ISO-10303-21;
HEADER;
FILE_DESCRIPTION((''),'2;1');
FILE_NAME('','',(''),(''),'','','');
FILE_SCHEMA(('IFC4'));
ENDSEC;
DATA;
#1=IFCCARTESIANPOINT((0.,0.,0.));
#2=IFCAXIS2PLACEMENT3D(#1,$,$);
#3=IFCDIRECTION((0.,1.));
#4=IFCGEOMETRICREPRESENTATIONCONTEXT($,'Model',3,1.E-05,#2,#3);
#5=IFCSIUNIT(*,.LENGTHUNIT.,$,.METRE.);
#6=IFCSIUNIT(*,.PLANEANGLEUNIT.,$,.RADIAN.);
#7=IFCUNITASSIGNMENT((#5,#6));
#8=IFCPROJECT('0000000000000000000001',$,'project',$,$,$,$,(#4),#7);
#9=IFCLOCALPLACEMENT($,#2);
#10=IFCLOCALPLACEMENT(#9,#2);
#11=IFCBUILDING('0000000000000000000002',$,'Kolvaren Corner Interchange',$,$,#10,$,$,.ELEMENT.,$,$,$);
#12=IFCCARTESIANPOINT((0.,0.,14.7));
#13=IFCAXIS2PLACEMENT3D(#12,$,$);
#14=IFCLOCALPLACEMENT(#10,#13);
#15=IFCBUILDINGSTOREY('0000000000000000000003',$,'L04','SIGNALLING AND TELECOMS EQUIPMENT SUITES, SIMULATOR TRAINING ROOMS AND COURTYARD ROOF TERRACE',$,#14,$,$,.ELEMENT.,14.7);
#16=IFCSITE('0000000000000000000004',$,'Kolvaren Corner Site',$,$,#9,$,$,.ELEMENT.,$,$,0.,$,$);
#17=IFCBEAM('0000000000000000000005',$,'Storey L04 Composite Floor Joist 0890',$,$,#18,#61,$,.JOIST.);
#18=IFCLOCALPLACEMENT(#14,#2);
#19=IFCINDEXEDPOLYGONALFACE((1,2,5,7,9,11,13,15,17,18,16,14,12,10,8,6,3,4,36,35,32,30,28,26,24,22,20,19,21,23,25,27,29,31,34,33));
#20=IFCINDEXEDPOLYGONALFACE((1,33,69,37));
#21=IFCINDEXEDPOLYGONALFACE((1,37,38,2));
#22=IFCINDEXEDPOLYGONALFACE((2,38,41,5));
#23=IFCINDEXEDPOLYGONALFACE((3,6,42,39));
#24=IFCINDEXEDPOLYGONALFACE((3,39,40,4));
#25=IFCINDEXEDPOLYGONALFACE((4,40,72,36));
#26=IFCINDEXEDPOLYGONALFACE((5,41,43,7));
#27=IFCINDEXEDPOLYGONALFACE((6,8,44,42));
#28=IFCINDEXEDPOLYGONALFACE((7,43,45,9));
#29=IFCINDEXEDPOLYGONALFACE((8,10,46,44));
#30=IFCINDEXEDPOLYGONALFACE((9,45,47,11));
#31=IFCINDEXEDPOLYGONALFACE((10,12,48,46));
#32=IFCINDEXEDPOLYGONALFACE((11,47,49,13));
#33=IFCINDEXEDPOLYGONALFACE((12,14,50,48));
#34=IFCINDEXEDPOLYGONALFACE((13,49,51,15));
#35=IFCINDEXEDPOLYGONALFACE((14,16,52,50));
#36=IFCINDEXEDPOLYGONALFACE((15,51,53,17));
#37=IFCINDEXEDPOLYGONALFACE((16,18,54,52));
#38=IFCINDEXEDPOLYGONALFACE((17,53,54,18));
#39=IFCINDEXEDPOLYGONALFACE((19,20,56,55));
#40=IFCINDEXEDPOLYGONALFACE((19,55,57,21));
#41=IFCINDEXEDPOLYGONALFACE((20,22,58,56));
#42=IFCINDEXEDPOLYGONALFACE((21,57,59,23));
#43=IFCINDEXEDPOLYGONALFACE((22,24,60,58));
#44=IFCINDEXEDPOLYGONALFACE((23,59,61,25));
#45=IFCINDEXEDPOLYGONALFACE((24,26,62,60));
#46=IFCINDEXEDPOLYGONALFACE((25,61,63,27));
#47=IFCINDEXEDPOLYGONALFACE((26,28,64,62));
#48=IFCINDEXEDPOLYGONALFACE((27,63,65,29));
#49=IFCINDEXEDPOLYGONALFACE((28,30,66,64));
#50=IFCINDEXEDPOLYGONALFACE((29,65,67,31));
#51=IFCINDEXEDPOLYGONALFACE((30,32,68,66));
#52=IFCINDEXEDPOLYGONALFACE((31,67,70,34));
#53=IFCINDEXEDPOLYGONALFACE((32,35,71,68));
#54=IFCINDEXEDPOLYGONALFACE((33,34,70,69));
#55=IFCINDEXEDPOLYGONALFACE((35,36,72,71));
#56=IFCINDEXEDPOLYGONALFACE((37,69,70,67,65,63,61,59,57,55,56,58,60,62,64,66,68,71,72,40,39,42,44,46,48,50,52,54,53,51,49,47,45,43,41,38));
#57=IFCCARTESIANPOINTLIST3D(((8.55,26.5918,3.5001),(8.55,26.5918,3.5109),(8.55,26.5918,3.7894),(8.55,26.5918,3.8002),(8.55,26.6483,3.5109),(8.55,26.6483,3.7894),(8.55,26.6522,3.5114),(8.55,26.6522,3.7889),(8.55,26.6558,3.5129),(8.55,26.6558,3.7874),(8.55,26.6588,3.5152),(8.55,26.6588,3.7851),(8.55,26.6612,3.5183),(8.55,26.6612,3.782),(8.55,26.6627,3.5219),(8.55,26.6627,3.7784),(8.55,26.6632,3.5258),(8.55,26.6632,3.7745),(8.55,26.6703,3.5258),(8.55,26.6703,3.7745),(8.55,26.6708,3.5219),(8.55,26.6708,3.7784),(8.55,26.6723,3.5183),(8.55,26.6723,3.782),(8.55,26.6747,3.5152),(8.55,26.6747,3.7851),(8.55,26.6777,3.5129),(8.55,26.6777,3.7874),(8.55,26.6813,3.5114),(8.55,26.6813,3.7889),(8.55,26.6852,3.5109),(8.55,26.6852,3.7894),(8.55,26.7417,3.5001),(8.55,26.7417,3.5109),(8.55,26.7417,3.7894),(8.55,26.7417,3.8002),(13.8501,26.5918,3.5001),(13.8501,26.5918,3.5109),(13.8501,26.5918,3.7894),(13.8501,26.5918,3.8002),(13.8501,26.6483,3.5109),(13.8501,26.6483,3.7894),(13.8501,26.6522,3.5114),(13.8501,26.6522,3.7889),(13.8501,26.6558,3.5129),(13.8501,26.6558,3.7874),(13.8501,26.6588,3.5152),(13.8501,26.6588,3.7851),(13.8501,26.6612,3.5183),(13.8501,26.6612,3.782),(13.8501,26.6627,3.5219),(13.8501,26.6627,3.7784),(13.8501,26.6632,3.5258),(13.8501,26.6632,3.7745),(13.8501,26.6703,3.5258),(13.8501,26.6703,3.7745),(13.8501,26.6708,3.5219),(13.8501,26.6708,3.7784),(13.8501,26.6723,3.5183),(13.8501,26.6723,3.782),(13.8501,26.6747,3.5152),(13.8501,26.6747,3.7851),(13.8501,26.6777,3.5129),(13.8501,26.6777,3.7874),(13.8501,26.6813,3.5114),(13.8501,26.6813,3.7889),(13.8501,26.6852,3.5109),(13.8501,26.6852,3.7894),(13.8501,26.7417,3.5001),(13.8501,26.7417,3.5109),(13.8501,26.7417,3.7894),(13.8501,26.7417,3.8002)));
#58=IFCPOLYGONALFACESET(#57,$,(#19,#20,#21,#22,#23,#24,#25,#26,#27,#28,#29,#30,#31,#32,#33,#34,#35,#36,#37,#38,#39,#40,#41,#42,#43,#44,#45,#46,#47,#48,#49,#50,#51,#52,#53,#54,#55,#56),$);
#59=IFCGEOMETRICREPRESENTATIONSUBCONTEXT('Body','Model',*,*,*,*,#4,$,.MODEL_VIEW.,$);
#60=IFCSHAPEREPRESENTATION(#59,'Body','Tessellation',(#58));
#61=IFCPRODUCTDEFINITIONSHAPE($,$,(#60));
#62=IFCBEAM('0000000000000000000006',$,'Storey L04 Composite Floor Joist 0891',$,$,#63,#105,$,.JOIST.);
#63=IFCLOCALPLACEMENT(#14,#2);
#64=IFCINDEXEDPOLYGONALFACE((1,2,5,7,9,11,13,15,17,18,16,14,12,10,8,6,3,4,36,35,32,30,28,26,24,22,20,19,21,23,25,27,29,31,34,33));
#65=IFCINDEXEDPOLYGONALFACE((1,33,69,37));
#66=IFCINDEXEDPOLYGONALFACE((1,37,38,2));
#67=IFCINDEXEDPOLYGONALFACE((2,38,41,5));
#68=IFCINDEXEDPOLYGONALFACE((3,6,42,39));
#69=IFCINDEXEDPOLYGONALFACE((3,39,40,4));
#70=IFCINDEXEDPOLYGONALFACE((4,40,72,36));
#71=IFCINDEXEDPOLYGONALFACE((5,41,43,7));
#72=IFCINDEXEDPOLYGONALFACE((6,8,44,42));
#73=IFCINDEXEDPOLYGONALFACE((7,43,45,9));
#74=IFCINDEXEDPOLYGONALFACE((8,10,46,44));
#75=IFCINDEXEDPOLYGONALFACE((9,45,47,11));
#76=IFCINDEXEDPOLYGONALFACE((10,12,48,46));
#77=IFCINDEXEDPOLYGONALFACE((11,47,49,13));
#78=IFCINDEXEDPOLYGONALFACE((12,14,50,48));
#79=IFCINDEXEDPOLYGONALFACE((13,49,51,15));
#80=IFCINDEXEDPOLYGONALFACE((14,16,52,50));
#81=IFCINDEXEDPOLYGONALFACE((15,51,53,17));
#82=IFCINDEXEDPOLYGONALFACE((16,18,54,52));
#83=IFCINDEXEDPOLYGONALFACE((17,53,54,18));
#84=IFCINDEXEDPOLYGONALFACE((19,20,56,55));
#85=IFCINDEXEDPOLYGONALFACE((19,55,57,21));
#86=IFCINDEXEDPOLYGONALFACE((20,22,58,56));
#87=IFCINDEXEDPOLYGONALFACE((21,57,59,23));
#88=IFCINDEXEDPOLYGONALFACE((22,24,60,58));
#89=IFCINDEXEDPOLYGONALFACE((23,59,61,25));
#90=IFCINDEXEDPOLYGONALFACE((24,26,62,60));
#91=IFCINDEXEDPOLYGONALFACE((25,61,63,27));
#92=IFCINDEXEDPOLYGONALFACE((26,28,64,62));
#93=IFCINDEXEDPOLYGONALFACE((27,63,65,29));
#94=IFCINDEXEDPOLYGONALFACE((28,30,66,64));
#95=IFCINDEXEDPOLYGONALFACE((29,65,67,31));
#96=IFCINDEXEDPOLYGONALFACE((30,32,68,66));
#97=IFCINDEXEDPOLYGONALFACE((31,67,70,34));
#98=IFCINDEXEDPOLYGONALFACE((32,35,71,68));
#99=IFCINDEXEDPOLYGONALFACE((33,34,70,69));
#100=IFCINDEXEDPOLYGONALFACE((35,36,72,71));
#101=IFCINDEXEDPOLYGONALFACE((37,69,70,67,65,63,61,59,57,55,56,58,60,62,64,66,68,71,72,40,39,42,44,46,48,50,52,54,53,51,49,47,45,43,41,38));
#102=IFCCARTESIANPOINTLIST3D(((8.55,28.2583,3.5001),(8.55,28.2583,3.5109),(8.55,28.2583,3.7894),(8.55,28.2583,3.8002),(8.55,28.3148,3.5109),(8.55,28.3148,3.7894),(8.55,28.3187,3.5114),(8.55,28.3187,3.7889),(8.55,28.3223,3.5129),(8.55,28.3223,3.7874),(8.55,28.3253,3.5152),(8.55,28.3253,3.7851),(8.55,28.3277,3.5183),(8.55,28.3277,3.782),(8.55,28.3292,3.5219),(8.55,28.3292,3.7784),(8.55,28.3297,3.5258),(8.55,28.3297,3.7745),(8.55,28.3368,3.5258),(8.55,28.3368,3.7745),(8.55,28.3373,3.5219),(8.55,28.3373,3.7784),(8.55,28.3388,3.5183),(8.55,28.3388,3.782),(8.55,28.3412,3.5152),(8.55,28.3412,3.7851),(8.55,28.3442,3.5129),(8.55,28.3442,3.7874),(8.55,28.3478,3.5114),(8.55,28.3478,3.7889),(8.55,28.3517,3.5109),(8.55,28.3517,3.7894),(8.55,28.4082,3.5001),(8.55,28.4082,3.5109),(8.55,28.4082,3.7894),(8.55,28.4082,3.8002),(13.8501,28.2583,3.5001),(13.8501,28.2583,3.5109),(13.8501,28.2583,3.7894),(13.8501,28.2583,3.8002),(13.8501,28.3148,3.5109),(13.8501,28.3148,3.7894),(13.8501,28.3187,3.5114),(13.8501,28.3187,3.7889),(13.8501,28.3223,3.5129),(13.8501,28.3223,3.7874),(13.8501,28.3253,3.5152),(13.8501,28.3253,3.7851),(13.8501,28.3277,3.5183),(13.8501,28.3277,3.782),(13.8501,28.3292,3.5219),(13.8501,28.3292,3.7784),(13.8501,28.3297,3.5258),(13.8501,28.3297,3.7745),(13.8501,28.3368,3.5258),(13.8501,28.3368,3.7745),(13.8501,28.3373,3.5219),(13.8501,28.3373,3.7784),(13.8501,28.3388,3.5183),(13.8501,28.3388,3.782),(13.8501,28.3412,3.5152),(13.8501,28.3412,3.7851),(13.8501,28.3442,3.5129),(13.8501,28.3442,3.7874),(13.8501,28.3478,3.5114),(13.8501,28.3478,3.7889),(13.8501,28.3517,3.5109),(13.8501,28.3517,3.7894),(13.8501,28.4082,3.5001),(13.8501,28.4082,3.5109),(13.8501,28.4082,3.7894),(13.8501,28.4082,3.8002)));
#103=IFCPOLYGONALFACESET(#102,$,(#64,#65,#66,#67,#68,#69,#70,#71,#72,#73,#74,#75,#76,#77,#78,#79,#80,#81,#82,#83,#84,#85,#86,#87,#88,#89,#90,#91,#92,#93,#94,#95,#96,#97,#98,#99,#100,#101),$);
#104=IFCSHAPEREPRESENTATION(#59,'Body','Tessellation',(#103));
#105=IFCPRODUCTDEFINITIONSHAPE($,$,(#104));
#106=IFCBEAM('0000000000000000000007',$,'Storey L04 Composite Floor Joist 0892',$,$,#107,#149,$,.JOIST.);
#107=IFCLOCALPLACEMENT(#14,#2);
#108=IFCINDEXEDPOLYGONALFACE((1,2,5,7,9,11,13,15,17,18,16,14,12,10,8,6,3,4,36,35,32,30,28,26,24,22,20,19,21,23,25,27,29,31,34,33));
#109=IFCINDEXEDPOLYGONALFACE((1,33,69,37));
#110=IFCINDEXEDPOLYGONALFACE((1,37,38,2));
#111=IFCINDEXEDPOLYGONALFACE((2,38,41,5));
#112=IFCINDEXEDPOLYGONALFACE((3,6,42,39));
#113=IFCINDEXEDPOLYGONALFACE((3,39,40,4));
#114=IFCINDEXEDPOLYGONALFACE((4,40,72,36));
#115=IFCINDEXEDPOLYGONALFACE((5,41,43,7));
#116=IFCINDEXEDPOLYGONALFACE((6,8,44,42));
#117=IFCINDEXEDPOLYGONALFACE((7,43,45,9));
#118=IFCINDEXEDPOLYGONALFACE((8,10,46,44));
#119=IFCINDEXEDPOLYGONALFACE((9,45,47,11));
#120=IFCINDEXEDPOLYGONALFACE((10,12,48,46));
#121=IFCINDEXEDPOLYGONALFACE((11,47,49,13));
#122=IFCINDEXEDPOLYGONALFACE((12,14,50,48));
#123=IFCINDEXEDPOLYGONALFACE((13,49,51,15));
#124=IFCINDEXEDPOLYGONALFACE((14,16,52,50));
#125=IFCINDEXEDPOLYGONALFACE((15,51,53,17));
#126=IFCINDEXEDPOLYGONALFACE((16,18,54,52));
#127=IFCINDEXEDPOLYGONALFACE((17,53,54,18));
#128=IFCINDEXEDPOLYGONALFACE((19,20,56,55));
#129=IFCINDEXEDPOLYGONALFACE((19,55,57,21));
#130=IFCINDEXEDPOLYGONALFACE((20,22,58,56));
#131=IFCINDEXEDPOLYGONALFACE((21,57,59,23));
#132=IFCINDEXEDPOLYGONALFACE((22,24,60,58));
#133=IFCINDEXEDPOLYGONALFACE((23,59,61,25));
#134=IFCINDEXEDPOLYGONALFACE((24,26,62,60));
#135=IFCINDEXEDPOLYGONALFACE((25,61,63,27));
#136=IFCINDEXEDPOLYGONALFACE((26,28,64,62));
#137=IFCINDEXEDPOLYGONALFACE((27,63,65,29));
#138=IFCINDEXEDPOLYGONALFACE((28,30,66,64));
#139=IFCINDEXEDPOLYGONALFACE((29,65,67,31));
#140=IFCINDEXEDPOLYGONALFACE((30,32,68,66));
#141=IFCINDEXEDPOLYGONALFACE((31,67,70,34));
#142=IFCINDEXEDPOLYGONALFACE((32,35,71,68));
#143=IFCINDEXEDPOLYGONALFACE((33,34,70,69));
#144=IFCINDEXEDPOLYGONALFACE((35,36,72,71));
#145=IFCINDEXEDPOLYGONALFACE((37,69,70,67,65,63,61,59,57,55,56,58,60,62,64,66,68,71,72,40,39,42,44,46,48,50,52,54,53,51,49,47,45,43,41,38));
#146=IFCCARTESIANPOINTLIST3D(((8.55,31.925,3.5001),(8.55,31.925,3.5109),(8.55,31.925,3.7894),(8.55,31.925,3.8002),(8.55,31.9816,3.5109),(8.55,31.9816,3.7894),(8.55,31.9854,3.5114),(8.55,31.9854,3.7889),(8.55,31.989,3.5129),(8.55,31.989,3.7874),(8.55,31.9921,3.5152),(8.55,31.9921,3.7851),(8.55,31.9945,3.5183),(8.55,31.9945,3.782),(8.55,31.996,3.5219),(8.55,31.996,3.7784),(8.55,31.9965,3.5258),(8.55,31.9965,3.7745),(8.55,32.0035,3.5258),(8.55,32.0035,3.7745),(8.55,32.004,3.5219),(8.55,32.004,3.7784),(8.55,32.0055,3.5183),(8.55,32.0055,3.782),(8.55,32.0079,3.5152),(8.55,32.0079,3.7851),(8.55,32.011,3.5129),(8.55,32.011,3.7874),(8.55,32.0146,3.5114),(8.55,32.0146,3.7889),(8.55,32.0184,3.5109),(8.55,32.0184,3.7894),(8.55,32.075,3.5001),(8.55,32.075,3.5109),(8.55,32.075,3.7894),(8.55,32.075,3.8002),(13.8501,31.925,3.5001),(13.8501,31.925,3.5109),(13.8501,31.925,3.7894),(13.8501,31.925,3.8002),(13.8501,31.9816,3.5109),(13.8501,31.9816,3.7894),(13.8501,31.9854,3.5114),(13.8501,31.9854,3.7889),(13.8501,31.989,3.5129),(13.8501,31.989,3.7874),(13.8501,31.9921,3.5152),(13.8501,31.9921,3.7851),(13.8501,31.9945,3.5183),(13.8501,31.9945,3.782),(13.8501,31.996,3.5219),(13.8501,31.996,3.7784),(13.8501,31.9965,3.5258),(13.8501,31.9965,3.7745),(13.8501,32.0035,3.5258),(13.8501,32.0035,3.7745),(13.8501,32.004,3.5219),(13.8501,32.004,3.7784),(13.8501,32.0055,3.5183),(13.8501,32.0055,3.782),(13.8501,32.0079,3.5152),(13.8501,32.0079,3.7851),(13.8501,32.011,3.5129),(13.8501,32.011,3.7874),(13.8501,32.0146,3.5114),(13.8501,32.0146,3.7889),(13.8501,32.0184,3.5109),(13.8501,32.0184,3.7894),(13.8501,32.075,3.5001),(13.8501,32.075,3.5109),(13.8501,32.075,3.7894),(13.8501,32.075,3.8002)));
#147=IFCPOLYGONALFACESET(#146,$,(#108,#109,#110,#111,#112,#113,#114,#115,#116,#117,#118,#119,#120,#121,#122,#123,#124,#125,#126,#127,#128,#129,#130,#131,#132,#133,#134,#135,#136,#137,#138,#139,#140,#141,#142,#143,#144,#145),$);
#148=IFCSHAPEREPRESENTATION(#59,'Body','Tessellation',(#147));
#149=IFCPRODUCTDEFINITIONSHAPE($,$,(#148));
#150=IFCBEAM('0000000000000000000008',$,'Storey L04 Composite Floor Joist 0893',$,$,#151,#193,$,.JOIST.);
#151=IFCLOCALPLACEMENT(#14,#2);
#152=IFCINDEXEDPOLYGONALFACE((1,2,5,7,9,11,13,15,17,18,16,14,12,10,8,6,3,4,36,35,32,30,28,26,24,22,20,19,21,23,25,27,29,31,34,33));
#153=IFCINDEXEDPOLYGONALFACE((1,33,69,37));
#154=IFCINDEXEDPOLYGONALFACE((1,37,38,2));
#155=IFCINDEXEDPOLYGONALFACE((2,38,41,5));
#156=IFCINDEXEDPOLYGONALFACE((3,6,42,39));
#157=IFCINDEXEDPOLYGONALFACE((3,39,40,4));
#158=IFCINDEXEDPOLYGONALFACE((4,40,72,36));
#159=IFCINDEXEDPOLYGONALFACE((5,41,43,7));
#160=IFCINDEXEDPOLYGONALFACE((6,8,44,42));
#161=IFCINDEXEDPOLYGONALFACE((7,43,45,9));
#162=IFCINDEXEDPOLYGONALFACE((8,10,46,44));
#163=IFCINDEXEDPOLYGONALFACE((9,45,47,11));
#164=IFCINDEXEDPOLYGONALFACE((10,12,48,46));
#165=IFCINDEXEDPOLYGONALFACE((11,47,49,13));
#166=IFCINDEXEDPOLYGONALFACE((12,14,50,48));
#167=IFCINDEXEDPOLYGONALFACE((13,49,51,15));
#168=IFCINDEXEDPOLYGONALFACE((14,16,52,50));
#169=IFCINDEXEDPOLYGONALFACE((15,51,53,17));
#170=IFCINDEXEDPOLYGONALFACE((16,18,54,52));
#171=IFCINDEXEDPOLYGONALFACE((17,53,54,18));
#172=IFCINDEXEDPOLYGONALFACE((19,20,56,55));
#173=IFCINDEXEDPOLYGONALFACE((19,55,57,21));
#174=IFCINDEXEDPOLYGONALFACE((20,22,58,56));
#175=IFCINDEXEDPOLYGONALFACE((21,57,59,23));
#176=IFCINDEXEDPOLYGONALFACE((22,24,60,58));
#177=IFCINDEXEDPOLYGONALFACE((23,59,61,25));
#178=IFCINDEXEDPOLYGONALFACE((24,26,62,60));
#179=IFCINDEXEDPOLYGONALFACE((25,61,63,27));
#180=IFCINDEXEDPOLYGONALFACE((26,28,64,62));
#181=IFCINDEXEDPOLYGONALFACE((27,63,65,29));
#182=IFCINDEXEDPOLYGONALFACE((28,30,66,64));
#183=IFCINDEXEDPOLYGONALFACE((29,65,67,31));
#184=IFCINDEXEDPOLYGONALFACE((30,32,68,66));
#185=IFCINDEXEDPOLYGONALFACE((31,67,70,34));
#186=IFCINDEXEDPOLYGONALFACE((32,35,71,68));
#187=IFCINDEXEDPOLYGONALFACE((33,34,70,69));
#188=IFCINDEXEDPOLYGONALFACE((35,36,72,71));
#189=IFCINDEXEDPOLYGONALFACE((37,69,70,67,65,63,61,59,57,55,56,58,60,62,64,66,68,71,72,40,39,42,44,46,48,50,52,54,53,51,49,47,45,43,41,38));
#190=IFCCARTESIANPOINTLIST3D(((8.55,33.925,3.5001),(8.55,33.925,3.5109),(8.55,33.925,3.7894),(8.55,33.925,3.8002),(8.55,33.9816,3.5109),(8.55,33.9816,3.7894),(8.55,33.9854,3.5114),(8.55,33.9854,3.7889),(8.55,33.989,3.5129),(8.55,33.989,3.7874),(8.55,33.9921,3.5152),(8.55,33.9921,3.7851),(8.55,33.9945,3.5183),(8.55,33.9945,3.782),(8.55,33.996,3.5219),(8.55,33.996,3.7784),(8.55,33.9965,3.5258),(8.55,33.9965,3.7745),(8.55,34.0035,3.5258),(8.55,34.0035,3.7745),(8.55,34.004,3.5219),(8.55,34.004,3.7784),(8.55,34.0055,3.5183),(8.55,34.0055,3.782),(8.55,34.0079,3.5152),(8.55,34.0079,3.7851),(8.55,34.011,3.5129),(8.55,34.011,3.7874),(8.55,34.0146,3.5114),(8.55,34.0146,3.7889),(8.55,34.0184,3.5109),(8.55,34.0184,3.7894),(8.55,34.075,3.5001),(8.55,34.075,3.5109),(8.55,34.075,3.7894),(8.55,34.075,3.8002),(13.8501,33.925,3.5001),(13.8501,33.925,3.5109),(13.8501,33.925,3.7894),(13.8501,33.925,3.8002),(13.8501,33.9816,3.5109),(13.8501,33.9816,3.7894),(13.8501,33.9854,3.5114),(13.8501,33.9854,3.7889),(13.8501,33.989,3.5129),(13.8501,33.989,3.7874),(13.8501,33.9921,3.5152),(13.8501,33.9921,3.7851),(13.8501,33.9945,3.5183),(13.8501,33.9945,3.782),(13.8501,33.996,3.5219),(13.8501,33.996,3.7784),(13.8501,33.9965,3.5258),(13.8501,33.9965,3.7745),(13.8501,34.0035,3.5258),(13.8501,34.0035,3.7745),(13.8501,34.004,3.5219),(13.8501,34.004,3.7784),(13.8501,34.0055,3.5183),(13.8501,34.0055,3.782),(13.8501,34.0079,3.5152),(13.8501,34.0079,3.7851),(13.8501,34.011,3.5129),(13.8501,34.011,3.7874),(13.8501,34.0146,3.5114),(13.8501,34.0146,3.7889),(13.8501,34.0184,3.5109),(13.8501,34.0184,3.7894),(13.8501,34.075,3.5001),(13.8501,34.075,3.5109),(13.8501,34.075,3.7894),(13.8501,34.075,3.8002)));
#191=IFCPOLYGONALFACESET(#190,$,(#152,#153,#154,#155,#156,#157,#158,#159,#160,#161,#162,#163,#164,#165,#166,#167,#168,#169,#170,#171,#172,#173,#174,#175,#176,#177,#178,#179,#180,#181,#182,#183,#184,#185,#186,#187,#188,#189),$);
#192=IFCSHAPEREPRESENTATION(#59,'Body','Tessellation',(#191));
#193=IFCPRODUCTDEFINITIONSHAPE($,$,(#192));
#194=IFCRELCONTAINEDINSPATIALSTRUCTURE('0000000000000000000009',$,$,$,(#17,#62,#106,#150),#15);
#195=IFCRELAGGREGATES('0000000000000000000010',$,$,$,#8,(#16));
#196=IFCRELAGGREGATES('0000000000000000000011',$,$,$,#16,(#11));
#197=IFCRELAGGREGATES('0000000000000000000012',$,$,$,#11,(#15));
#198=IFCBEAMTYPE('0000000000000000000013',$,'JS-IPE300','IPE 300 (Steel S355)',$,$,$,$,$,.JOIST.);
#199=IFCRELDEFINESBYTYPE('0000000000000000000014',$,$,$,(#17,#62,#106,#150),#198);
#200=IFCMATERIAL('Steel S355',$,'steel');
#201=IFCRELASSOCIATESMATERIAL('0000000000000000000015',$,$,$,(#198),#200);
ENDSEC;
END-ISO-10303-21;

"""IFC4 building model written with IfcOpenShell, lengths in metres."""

from ifc_helpers import new_model, si_unit, direction, frame, origin, origin_2d, place, context, subcontext, project, spatial, i_section, extrude, material, material_profile, profile_set, type_object, element, save


model = new_model("IFC4")

# Units and contexts
model_context = context("Model", 3, precision=1e-05, world=origin(), true_north=direction((0.0, 1.0)))
body_context = subcontext(model_context, "Body", "Model", "MODEL_VIEW")
ifc_project = project(units=[si_unit("LENGTHUNIT", "METRE"), si_unit("PLANEANGLEUNIT", "RADIAN")], contexts=[model_context])

# Site, building, storey
site_placement = place(None, origin())
site = spatial("IfcSite", under=ifc_project, at=site_placement, Name="Kolvaren Corner Site", CompositionType="ELEMENT", RefElevation=0.0)
building_placement = place(site_placement, origin())
building = spatial("IfcBuilding", under=site, at=building_placement, Name="Kolvaren Corner Interchange", CompositionType="ELEMENT")
storey_placement = place(building_placement, frame((0.0, 0.0, 14.7)))
storey = spatial("IfcBuildingStorey", under=building, at=storey_placement, Name="L04", Description="SIGNALLING AND TELECOMS EQUIPMENT SUITES, SIMULATOR TRAINING ROOMS AND COURTYARD ROOF TERRACE", CompositionType="ELEMENT", Elevation=14.7)

# Beams
ifc_material_1 = material(Name="Steel S355", Category="steel")
ifc_material_profile_1 = material_profile(ifc_material_1, i_section(OverallWidth=0.1499, OverallDepth=0.3, WebThickness=0.0071, FlangeThickness=0.0107, FilletRadius=0.0149, at=origin_2d()), Name="IPE 300")
ifc_profile_set_1 = profile_set([ifc_material_profile_1], Name="Steel S355")
beam_type_1 = type_object("IfcBeamType", Name="JS-IPE300", Description="IPE 300 (Steel S355)", PredefinedType="JOIST", material=ifc_profile_set_1)
for number, where, z_axis, x_axis, name in (
    (1, (8.55, 26.6667, 3.6501), (1.0, 0.0, 0.0), (0.0, 1.0, 0.0), "Storey L04 Composite Floor Joist 0890"),
    (2, (8.55, 28.3333, 3.6501), (1.0, 0.0, 0.0), (0.0, 1.0, 0.0), "Storey L04 Composite Floor Joist 0891"),
    (3, (8.55, 32.0, 3.6501), (1.0, 0.0, 0.0), (0.0, 1.0, 0.0), "Storey L04 Composite Floor Joist 0892"),
    (4, (8.55, 34.0, 3.6501), (1.0, 0.0, 0.0), (0.0, 1.0, 0.0), "Storey L04 Composite Floor Joist 0893"),
):
    element("IfcBeam", number, at=place(storey_placement, frame(where, z_axis=z_axis, x_axis=x_axis)), inside=storey, type_object=beam_type_1, Name=name, PredefinedType="JOIST", context=body_context, shape_type="SweptSolid", body=[
        extrude(i_section(OverallWidth=0.1499, OverallDepth=0.3, WebThickness=0.0071, FlangeThickness=0.0107, FilletRadius=0.0149, at=origin_2d()), origin(), (0.0, 0.0, 1.0), 5.3),
    ])

save(model, "model.ifc")
